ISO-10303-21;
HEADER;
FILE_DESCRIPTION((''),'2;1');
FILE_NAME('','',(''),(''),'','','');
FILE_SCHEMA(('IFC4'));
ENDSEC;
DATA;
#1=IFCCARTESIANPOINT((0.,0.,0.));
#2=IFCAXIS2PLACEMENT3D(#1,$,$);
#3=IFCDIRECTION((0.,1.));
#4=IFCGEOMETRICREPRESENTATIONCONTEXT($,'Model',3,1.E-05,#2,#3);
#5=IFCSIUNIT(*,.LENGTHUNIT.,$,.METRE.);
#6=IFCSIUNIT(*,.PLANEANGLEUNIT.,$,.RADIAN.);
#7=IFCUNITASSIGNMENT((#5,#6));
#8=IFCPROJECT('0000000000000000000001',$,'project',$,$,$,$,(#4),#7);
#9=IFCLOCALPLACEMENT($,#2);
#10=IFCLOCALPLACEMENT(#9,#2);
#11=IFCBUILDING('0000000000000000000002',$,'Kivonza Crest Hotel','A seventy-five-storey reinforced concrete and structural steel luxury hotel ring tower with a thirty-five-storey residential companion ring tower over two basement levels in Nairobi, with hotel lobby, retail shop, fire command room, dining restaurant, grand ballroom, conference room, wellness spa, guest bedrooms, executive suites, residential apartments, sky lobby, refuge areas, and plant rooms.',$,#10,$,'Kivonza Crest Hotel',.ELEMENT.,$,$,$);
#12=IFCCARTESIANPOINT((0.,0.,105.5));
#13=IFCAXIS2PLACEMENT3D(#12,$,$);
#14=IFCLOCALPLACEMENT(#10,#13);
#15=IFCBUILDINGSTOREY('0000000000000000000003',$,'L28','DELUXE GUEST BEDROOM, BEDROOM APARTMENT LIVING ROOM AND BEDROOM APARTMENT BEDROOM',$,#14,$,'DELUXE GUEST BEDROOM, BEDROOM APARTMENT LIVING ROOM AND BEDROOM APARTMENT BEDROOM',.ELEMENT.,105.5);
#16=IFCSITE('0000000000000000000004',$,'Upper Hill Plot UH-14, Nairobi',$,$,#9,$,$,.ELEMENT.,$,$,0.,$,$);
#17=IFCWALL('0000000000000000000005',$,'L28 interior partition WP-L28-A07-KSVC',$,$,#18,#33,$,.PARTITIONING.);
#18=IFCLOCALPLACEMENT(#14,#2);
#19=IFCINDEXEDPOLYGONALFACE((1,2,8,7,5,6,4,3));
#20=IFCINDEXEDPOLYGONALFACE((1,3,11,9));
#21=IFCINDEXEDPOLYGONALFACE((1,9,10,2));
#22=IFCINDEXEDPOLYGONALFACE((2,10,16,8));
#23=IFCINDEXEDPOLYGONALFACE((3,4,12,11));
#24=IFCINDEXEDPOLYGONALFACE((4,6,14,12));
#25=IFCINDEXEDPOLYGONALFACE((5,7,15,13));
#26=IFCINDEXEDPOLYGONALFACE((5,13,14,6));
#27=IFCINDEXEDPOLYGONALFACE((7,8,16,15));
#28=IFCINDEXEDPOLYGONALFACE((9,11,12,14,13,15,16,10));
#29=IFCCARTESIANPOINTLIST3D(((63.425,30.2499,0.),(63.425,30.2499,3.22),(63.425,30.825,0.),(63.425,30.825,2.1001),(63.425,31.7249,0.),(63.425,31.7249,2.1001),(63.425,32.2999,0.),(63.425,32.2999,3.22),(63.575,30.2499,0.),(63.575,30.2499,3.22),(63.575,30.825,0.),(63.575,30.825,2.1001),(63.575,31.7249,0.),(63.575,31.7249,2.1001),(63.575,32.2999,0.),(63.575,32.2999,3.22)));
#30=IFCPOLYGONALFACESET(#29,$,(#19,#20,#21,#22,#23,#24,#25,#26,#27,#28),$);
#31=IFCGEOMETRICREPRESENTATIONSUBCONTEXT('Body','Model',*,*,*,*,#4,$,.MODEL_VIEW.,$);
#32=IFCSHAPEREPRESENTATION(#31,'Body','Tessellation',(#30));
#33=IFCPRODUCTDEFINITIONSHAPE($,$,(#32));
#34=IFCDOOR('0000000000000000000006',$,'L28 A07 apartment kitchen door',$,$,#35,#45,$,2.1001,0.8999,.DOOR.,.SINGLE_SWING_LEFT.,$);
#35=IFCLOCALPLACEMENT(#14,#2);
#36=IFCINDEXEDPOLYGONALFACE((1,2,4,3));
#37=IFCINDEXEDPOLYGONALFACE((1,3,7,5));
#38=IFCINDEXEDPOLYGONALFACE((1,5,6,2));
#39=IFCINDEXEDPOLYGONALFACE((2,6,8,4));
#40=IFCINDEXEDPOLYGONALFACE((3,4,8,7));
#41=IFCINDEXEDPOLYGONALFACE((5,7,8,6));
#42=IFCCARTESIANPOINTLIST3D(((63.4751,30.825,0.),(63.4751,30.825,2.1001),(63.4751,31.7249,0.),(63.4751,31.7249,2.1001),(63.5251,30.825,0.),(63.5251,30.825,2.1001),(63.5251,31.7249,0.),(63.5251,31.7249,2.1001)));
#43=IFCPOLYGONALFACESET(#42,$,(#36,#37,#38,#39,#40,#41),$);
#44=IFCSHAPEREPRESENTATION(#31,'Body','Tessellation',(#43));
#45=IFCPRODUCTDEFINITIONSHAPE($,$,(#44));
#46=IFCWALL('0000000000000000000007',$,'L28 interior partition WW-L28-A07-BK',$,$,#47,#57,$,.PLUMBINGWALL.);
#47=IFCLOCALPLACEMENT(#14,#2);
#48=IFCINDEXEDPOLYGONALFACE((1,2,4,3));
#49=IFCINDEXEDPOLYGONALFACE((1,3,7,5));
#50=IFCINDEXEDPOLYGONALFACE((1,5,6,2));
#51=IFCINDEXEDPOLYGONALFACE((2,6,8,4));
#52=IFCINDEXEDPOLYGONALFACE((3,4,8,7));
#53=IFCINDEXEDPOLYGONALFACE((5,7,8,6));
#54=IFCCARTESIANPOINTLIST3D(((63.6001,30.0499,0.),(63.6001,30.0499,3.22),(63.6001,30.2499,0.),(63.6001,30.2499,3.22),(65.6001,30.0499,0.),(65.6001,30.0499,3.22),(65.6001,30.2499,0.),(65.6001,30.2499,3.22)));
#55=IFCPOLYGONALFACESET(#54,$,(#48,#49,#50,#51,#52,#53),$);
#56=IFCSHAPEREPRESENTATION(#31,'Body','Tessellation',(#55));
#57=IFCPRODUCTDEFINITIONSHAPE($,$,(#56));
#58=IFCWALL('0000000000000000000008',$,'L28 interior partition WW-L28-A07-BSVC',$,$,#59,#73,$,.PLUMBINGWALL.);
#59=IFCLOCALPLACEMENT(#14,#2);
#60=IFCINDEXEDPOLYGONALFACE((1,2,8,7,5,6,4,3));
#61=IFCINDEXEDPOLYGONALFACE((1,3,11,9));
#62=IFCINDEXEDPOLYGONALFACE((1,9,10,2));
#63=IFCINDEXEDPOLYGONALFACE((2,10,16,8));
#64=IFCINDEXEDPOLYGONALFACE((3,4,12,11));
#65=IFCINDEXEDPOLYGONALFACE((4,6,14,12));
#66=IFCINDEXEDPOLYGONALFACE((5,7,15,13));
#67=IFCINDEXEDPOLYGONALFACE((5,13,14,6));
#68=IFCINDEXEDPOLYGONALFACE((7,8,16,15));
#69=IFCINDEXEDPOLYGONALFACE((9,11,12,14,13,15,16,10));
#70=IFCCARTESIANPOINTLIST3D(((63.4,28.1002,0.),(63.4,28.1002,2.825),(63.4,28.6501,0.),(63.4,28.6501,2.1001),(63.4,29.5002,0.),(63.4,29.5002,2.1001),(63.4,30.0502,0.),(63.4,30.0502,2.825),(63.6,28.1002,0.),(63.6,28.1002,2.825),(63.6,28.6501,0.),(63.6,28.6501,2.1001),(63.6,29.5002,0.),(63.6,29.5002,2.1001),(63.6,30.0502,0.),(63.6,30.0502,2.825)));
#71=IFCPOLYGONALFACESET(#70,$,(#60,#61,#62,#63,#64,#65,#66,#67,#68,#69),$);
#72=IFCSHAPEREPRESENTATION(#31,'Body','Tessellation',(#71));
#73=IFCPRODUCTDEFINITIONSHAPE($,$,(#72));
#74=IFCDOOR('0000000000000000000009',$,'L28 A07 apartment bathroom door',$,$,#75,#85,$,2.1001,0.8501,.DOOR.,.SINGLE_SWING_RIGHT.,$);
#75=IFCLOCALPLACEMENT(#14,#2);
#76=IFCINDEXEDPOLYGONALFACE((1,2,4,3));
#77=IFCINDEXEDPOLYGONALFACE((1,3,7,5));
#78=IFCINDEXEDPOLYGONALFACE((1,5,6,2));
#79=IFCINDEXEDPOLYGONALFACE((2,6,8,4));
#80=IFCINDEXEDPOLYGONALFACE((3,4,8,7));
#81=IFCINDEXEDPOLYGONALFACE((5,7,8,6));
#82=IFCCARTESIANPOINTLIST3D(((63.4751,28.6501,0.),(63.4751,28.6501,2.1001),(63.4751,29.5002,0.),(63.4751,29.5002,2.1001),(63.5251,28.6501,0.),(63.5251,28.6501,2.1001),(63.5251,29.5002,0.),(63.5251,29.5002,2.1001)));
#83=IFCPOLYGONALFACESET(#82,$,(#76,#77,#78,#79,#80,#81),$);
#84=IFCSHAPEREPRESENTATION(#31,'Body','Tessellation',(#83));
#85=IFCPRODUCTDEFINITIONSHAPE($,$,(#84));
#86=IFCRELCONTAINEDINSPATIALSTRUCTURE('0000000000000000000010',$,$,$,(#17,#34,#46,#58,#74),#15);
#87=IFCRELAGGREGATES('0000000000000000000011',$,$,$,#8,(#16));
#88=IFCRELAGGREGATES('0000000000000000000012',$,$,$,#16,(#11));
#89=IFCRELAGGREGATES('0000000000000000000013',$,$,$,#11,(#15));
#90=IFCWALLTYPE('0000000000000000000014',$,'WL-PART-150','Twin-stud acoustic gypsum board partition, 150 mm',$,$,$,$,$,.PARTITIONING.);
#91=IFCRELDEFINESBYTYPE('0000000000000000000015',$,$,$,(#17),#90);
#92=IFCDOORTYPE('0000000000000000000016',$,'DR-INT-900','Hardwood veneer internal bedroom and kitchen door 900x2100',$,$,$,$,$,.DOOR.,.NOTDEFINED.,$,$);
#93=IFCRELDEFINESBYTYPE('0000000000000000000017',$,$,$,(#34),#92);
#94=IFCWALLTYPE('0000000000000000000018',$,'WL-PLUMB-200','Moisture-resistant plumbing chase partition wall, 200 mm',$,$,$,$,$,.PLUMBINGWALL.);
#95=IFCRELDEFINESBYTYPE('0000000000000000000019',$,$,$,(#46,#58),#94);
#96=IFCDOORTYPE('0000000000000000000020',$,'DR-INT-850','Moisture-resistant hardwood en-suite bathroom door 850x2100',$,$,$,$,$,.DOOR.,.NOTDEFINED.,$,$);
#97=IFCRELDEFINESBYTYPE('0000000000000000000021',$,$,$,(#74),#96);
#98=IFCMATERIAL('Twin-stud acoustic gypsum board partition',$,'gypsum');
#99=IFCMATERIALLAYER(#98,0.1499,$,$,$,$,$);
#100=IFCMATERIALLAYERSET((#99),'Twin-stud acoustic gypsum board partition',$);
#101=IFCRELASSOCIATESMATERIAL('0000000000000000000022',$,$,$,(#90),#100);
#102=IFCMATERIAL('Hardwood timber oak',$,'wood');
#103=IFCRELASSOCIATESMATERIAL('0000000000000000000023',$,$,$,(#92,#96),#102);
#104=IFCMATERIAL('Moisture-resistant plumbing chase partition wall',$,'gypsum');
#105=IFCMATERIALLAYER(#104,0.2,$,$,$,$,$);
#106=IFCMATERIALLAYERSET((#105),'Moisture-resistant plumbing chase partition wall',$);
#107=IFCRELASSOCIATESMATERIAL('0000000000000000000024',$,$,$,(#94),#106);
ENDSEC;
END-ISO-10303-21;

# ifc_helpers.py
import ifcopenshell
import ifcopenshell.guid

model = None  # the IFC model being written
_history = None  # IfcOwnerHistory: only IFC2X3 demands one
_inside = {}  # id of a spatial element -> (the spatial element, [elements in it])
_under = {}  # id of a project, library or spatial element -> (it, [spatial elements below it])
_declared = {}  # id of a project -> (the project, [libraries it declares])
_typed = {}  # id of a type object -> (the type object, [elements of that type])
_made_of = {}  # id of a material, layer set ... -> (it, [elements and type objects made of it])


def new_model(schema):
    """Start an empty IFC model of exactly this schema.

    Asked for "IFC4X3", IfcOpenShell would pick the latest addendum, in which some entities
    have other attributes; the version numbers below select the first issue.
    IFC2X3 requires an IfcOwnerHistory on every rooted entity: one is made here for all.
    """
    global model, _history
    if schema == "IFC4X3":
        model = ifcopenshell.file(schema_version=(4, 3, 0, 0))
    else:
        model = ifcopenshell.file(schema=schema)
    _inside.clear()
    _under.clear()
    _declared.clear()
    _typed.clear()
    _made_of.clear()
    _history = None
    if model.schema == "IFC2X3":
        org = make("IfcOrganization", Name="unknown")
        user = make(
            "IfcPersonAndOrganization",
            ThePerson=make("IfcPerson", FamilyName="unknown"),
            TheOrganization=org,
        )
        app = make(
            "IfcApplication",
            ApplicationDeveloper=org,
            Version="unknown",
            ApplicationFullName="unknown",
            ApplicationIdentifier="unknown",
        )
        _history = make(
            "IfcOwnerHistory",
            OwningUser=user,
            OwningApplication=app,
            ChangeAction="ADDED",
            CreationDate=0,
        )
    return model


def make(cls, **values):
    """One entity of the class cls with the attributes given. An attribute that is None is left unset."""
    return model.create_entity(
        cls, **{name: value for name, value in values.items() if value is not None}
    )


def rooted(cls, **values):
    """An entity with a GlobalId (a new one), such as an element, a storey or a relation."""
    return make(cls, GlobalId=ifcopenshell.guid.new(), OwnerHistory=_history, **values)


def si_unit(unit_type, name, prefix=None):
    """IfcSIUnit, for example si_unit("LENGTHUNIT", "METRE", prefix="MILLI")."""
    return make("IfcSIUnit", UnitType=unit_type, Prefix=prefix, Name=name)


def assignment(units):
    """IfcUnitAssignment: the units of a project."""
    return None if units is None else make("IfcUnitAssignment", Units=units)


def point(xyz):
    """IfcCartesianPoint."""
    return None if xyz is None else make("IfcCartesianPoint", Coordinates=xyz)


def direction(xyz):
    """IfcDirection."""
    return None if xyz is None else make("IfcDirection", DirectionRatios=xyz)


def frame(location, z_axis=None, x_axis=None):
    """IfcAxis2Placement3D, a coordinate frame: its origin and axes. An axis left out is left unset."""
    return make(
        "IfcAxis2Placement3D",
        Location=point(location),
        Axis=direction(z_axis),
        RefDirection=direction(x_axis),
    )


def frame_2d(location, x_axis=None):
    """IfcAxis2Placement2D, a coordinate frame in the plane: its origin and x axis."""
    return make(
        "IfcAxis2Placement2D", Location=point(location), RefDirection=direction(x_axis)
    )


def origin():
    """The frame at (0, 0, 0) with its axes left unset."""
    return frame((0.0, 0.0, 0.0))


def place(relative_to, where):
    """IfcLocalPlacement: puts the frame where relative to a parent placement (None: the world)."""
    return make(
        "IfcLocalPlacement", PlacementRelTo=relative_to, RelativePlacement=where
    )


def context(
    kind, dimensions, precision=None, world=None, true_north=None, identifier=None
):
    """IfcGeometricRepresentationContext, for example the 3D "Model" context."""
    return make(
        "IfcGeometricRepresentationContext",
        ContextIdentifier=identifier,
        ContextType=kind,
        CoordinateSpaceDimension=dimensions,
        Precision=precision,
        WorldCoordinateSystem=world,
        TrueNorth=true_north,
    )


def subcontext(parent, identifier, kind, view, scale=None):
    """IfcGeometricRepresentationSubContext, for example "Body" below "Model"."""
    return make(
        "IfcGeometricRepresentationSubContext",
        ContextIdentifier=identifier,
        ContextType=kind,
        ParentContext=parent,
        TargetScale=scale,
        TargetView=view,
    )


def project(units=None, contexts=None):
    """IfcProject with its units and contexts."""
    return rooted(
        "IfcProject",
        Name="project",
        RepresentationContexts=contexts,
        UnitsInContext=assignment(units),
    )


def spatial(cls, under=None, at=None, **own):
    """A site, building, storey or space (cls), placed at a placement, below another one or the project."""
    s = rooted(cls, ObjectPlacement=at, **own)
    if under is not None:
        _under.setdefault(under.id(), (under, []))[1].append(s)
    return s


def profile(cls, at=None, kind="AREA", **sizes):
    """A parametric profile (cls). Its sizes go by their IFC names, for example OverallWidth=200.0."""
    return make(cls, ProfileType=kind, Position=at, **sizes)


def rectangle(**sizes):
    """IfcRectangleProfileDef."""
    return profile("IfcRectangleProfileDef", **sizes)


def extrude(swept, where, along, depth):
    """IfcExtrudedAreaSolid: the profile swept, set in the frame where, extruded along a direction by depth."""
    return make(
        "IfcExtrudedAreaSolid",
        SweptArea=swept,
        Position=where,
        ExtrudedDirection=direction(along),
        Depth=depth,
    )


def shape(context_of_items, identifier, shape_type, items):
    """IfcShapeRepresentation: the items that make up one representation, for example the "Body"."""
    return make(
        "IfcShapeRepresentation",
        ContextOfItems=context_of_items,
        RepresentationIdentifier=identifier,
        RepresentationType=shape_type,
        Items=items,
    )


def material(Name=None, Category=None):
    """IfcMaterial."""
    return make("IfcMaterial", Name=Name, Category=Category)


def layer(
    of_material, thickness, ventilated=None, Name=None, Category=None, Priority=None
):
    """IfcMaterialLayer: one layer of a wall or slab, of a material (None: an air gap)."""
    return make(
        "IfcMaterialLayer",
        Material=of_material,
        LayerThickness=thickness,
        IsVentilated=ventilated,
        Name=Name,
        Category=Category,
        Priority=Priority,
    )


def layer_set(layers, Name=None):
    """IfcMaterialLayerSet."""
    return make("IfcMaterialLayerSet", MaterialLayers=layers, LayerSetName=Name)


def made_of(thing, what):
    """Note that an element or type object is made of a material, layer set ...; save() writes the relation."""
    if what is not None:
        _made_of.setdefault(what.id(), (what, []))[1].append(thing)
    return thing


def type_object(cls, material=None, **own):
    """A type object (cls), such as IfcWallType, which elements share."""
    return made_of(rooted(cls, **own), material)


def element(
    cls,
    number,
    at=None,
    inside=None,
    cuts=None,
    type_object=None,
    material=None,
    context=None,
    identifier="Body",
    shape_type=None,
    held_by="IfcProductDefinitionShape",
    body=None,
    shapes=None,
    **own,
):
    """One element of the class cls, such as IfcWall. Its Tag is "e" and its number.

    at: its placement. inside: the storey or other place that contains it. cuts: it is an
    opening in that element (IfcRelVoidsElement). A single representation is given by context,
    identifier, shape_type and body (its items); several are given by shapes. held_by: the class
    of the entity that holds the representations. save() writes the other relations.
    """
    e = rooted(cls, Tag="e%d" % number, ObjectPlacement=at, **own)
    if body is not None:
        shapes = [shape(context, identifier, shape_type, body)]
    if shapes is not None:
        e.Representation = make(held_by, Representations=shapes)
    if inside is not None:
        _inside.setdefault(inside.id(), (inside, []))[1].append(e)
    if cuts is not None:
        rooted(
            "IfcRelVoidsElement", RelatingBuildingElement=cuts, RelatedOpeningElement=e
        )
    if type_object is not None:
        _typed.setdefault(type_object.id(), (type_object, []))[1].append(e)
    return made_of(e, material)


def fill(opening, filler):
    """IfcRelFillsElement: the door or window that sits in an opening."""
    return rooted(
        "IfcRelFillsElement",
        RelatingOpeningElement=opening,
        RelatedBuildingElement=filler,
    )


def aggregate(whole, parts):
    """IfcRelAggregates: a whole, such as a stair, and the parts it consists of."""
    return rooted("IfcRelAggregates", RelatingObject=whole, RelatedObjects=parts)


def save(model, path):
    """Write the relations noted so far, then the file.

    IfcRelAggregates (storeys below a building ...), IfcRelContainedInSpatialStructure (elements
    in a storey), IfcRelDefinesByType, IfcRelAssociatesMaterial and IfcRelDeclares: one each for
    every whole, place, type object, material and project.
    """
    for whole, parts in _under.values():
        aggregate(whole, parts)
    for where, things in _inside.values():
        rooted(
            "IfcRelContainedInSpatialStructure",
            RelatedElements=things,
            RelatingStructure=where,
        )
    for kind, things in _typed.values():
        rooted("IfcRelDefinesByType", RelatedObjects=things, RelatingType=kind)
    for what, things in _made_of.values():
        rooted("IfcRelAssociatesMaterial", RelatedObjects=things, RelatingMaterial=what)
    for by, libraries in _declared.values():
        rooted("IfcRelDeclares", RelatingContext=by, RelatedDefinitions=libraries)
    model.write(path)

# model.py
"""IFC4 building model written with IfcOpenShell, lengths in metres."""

from ifc_helpers import new_model, si_unit, direction, frame, frame_2d, origin, place, context, subcontext, project, spatial, rectangle, extrude, material, layer, layer_set, type_object, element, fill, save


model = new_model("IFC4")

# Units and contexts
model_context = context("Model", 3, precision=1e-05, world=origin(), true_north=direction((0.0, 1.0)))
body_context = subcontext(model_context, "Body", "Model", "MODEL_VIEW")
ifc_project = project(units=[si_unit("LENGTHUNIT", "METRE"), si_unit("PLANEANGLEUNIT", "RADIAN")], contexts=[model_context])

# Site, building, storey
site_placement = place(None, origin())
site = spatial("IfcSite", under=ifc_project, at=site_placement, Name="Upper Hill Plot UH-14, Nairobi", CompositionType="ELEMENT", RefElevation=0.0)
building_placement = place(site_placement, origin())
building = spatial("IfcBuilding", under=site, at=building_placement, Name="Kivonza Crest Hotel", Description="A seventy-five-storey reinforced concrete and structural steel luxury hotel ring tower with a thirty-five-storey residential companion ring tower over two basement levels in Nairobi, with hotel lobby, retail shop, fire command room, dining restaurant, grand ballroom, conference room, wellness spa, guest bedrooms, executive suites, residential apartments, sky lobby, refuge areas, and plant rooms.", LongName="Kivonza Crest Hotel", CompositionType="ELEMENT")
storey_placement = place(building_placement, frame((0.0, 0.0, 105.5)))
storey = spatial("IfcBuildingStorey", under=building, at=storey_placement, Name="L28", Description="DELUXE GUEST BEDROOM, BEDROOM APARTMENT LIVING ROOM AND BEDROOM APARTMENT BEDROOM", LongName="DELUXE GUEST BEDROOM, BEDROOM APARTMENT LIVING ROOM AND BEDROOM APARTMENT BEDROOM", CompositionType="ELEMENT", Elevation=105.5)

# Wall, opening, door
ifc_material_1 = material(Name="Twin-stud acoustic gypsum board partition", Category="gypsum")
ifc_layer_1 = layer(ifc_material_1, 0.1499)
ifc_layer_set_1 = layer_set([ifc_layer_1], Name="Twin-stud acoustic gypsum board partition")
wall_type_1 = type_object("IfcWallType", Name="WL-PART-150", Description="Twin-stud acoustic gypsum board partition, 150 mm", PredefinedType="PARTITIONING", material=ifc_layer_set_1)
wall_1_placement = place(storey_placement, frame((63.5, 30.25, 0.0), z_axis=(0.0, 0.0, 1.0), x_axis=(0.0, 1.0, 0.0)))
wall_1 = element("IfcWall", 1, at=wall_1_placement, inside=storey, type_object=wall_type_1, Name="L28 interior partition WP-L28-A07-KSVC", PredefinedType="PARTITIONING", context=body_context, shape_type="SweptSolid", body=[
    extrude(rectangle(XDim=2.05, YDim=0.1499, at=frame_2d((1.0249, 0.0))), origin(), (0.0, 0.0, 1.0), 3.22),
])
opening_1_placement = place(wall_1_placement, frame((0.575, 0.0, 0.0)))
opening_1 = element("IfcOpeningElement", 2, at=opening_1_placement, cuts=wall_1, PredefinedType="OPENING", context=body_context, shape_type="SweptSolid", body=[
    extrude(rectangle(XDim=0.8999, YDim=2.1001, at=frame_2d((0.45, 1.05))), frame((0.0, 0.085, 0.0), z_axis=(0.0, -1.0, 0.0), x_axis=(1.0, 0.0, 0.0)), (0.0, 0.0, 1.0), 0.1699),
])
ifc_material_2 = material(Name="Hardwood timber oak", Category="wood")
door_type_1 = type_object("IfcDoorType", Name="DR-INT-900", Description="Hardwood veneer internal bedroom and kitchen door 900x2100", OperationType="NOTDEFINED", PredefinedType="DOOR", material=ifc_material_2)
door_1_placement = place(opening_1_placement, origin())
door_1 = element("IfcDoor", 3, at=door_1_placement, inside=storey, type_object=door_type_1, Name="L28 A07 apartment kitchen door", OperationType="SINGLE_SWING_LEFT", OverallHeight=2.1001, OverallWidth=0.8999, PredefinedType="DOOR", context=body_context, shape_type="SweptSolid", body=[
    extrude(rectangle(XDim=0.8999, YDim=2.1001, at=frame_2d((0.45, 1.05))), frame((0.0, 0.0249, 0.0), z_axis=(0.0, -1.0, 0.0), x_axis=(1.0, 0.0, 0.0)), (0.0, 0.0, 1.0), 0.05),
])
fill(opening_1, door_1)

# Wall
ifc_material_3 = material(Name="Moisture-resistant plumbing chase partition wall", Category="gypsum")
ifc_layer_2 = layer(ifc_material_3, 0.2)
ifc_layer_set_2 = layer_set([ifc_layer_2], Name="Moisture-resistant plumbing chase partition wall")
wall_type_2 = type_object("IfcWallType", Name="WL-PLUMB-200", Description="Moisture-resistant plumbing chase partition wall, 200 mm", PredefinedType="PLUMBINGWALL", material=ifc_layer_set_2)
wall_2_placement = place(storey_placement, frame((63.6001, 30.1499, 0.0), z_axis=(0.0, 0.0, 1.0), x_axis=(1.0, 0.0, 0.0)))
element("IfcWall", 4, at=wall_2_placement, inside=storey, type_object=wall_type_2, Name="L28 interior partition WW-L28-A07-BK", PredefinedType="PLUMBINGWALL", context=body_context, shape_type="SweptSolid", body=[
    extrude(rectangle(XDim=2.0, YDim=0.2, at=frame_2d((1.0, 0.0))), origin(), (0.0, 0.0, 1.0), 3.22),
])

# Wall, opening, door
wall_3_placement = place(storey_placement, frame((63.5, 28.1001, 0.0), z_axis=(0.0, 0.0, 1.0), x_axis=(0.0, 1.0, 0.0)))
wall_3 = element("IfcWall", 5, at=wall_3_placement, inside=storey, type_object=wall_type_2, Name="L28 interior partition WW-L28-A07-BSVC", PredefinedType="PLUMBINGWALL", context=body_context, shape_type="SweptSolid", body=[
    extrude(rectangle(XDim=1.95, YDim=0.2, at=frame_2d((0.9751, 0.0))), origin(), (0.0, 0.0, 1.0), 2.825),
])
opening_2_placement = place(wall_3_placement, frame((0.55, 0.0, 0.0)))
opening_2 = element("IfcOpeningElement", 6, at=opening_2_placement, cuts=wall_3, PredefinedType="OPENING", context=body_context, shape_type="SweptSolid", body=[
    extrude(rectangle(XDim=0.8501, YDim=2.1001, at=frame_2d((0.425, 1.05))), frame((0.0, 0.1099, 0.0), z_axis=(0.0, -1.0, 0.0), x_axis=(1.0, 0.0, 0.0)), (0.0, 0.0, 1.0), 0.22),
])
door_type_2 = type_object("IfcDoorType", Name="DR-INT-850", Description="Moisture-resistant hardwood en-suite bathroom door 850x2100", OperationType="NOTDEFINED", PredefinedType="DOOR", material=ifc_material_2)
door_2_placement = place(opening_2_placement, origin())
door_2 = element("IfcDoor", 7, at=door_2_placement, inside=storey, type_object=door_type_2, Name="L28 A07 apartment bathroom door", OperationType="SINGLE_SWING_RIGHT", OverallHeight=2.1001, OverallWidth=0.8501, PredefinedType="DOOR", context=body_context, shape_type="SweptSolid", body=[
    extrude(rectangle(XDim=0.8501, YDim=2.1001, at=frame_2d((0.425, 1.05))), frame((0.0, 0.0249, 0.0), z_axis=(0.0, -1.0, 0.0), x_axis=(1.0, 0.0, 0.0)), (0.0, 0.0, 1.0), 0.05),
])
fill(opening_2, door_2)

save(model, "model.ifc")
